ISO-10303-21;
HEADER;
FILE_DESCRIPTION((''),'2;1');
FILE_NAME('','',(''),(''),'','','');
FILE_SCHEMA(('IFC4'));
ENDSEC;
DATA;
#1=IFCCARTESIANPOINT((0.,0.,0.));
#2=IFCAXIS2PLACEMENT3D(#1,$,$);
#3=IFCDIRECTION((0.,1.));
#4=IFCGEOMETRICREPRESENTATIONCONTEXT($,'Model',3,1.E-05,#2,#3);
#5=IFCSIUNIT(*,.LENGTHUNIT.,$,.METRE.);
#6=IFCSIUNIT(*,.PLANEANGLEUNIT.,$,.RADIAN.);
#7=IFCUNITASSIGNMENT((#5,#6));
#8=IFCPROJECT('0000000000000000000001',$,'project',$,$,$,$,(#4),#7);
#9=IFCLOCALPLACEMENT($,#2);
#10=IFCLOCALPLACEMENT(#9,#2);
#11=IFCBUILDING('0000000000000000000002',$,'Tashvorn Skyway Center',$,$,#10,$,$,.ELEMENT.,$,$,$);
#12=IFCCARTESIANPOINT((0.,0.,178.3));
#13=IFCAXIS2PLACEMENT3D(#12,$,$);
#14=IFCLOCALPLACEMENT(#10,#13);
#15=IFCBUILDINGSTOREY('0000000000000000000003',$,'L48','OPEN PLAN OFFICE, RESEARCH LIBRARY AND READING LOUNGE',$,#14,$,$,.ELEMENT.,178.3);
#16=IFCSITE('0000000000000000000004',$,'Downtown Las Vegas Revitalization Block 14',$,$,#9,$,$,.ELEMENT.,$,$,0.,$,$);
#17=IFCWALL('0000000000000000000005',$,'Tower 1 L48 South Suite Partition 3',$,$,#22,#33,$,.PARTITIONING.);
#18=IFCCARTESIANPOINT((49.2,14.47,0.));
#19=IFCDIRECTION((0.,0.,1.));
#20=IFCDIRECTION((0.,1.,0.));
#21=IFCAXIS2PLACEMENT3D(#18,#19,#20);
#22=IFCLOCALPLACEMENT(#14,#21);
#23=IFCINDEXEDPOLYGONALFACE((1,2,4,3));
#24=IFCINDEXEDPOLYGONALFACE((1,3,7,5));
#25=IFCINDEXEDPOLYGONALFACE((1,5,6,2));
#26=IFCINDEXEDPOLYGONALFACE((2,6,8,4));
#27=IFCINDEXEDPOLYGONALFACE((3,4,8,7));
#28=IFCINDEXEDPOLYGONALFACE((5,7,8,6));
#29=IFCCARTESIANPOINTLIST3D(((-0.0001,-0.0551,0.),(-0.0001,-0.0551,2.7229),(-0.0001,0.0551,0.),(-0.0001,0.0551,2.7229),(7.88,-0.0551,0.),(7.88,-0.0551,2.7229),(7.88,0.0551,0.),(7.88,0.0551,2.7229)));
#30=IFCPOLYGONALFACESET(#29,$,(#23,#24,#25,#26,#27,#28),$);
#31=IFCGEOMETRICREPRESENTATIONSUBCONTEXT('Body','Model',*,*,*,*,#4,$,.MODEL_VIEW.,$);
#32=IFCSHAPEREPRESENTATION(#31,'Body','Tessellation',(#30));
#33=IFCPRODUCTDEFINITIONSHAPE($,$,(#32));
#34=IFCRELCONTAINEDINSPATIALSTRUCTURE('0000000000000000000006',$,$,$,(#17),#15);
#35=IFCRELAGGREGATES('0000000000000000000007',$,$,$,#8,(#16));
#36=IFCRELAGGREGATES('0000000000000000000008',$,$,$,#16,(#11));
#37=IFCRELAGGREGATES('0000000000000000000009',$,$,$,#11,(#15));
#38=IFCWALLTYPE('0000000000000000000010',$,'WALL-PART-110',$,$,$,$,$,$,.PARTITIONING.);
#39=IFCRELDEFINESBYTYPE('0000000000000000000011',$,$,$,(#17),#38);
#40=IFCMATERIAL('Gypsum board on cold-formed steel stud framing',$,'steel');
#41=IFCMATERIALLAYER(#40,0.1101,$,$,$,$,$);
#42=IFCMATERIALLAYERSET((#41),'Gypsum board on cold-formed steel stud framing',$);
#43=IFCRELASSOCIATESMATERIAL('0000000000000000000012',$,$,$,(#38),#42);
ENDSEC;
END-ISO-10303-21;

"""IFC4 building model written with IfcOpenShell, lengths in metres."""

from ifc_helpers import new_model, si_unit, direction, frame, frame_2d, origin, place, context, subcontext, project, spatial, rectangle, extrude, material, layer, layer_set, type_object, element, save


model = new_model("IFC4")

# Units and contexts
model_context = context("Model", 3, precision=1e-05, world=origin(), true_north=direction((0.0, 1.0)))
body_context = subcontext(model_context, "Body", "Model", "MODEL_VIEW")
ifc_project = project(units=[si_unit("LENGTHUNIT", "METRE"), si_unit("PLANEANGLEUNIT", "RADIAN")], contexts=[model_context])

# Site, building, storey
site_placement = place(None, origin())
site = spatial("IfcSite", under=ifc_project, at=site_placement, Name="Downtown Las Vegas Revitalization Block 14", CompositionType="ELEMENT", RefElevation=0.0)
building_placement = place(site_placement, origin())
building = spatial("IfcBuilding", under=site, at=building_placement, Name="Tashvorn Skyway Center", CompositionType="ELEMENT")
storey_placement = place(building_placement, frame((0.0, 0.0, 178.3)))
storey = spatial("IfcBuildingStorey", under=building, at=storey_placement, Name="L48", Description="OPEN PLAN OFFICE, RESEARCH LIBRARY AND READING LOUNGE", CompositionType="ELEMENT", Elevation=178.3)

# Wall
ifc_material_1 = material(Name="Gypsum board on cold-formed steel stud framing", Category="steel")
ifc_layer_1 = layer(ifc_material_1, 0.1101)
ifc_layer_set_1 = layer_set([ifc_layer_1], Name="Gypsum board on cold-formed steel stud framing")
wall_type = type_object("IfcWallType", Name="WALL-PART-110", PredefinedType="PARTITIONING", material=ifc_layer_set_1)
wall_placement = place(storey_placement, frame((49.2, 14.47, 0.0), z_axis=(0.0, 0.0, 1.0), x_axis=(0.0, 1.0, 0.0)))
element("IfcWall", 1, at=wall_placement, inside=storey, type_object=wall_type, Name="Tower 1 L48 South Suite Partition 3", PredefinedType="PARTITIONING", context=body_context, shape_type="SweptSolid", body=[
    extrude(rectangle(XDim=7.8801, YDim=0.1101, at=frame_2d((3.9399, 0.0))), origin(), (0.0, 0.0, 1.0), 2.7229),
])

save(model, "model.ifc")
